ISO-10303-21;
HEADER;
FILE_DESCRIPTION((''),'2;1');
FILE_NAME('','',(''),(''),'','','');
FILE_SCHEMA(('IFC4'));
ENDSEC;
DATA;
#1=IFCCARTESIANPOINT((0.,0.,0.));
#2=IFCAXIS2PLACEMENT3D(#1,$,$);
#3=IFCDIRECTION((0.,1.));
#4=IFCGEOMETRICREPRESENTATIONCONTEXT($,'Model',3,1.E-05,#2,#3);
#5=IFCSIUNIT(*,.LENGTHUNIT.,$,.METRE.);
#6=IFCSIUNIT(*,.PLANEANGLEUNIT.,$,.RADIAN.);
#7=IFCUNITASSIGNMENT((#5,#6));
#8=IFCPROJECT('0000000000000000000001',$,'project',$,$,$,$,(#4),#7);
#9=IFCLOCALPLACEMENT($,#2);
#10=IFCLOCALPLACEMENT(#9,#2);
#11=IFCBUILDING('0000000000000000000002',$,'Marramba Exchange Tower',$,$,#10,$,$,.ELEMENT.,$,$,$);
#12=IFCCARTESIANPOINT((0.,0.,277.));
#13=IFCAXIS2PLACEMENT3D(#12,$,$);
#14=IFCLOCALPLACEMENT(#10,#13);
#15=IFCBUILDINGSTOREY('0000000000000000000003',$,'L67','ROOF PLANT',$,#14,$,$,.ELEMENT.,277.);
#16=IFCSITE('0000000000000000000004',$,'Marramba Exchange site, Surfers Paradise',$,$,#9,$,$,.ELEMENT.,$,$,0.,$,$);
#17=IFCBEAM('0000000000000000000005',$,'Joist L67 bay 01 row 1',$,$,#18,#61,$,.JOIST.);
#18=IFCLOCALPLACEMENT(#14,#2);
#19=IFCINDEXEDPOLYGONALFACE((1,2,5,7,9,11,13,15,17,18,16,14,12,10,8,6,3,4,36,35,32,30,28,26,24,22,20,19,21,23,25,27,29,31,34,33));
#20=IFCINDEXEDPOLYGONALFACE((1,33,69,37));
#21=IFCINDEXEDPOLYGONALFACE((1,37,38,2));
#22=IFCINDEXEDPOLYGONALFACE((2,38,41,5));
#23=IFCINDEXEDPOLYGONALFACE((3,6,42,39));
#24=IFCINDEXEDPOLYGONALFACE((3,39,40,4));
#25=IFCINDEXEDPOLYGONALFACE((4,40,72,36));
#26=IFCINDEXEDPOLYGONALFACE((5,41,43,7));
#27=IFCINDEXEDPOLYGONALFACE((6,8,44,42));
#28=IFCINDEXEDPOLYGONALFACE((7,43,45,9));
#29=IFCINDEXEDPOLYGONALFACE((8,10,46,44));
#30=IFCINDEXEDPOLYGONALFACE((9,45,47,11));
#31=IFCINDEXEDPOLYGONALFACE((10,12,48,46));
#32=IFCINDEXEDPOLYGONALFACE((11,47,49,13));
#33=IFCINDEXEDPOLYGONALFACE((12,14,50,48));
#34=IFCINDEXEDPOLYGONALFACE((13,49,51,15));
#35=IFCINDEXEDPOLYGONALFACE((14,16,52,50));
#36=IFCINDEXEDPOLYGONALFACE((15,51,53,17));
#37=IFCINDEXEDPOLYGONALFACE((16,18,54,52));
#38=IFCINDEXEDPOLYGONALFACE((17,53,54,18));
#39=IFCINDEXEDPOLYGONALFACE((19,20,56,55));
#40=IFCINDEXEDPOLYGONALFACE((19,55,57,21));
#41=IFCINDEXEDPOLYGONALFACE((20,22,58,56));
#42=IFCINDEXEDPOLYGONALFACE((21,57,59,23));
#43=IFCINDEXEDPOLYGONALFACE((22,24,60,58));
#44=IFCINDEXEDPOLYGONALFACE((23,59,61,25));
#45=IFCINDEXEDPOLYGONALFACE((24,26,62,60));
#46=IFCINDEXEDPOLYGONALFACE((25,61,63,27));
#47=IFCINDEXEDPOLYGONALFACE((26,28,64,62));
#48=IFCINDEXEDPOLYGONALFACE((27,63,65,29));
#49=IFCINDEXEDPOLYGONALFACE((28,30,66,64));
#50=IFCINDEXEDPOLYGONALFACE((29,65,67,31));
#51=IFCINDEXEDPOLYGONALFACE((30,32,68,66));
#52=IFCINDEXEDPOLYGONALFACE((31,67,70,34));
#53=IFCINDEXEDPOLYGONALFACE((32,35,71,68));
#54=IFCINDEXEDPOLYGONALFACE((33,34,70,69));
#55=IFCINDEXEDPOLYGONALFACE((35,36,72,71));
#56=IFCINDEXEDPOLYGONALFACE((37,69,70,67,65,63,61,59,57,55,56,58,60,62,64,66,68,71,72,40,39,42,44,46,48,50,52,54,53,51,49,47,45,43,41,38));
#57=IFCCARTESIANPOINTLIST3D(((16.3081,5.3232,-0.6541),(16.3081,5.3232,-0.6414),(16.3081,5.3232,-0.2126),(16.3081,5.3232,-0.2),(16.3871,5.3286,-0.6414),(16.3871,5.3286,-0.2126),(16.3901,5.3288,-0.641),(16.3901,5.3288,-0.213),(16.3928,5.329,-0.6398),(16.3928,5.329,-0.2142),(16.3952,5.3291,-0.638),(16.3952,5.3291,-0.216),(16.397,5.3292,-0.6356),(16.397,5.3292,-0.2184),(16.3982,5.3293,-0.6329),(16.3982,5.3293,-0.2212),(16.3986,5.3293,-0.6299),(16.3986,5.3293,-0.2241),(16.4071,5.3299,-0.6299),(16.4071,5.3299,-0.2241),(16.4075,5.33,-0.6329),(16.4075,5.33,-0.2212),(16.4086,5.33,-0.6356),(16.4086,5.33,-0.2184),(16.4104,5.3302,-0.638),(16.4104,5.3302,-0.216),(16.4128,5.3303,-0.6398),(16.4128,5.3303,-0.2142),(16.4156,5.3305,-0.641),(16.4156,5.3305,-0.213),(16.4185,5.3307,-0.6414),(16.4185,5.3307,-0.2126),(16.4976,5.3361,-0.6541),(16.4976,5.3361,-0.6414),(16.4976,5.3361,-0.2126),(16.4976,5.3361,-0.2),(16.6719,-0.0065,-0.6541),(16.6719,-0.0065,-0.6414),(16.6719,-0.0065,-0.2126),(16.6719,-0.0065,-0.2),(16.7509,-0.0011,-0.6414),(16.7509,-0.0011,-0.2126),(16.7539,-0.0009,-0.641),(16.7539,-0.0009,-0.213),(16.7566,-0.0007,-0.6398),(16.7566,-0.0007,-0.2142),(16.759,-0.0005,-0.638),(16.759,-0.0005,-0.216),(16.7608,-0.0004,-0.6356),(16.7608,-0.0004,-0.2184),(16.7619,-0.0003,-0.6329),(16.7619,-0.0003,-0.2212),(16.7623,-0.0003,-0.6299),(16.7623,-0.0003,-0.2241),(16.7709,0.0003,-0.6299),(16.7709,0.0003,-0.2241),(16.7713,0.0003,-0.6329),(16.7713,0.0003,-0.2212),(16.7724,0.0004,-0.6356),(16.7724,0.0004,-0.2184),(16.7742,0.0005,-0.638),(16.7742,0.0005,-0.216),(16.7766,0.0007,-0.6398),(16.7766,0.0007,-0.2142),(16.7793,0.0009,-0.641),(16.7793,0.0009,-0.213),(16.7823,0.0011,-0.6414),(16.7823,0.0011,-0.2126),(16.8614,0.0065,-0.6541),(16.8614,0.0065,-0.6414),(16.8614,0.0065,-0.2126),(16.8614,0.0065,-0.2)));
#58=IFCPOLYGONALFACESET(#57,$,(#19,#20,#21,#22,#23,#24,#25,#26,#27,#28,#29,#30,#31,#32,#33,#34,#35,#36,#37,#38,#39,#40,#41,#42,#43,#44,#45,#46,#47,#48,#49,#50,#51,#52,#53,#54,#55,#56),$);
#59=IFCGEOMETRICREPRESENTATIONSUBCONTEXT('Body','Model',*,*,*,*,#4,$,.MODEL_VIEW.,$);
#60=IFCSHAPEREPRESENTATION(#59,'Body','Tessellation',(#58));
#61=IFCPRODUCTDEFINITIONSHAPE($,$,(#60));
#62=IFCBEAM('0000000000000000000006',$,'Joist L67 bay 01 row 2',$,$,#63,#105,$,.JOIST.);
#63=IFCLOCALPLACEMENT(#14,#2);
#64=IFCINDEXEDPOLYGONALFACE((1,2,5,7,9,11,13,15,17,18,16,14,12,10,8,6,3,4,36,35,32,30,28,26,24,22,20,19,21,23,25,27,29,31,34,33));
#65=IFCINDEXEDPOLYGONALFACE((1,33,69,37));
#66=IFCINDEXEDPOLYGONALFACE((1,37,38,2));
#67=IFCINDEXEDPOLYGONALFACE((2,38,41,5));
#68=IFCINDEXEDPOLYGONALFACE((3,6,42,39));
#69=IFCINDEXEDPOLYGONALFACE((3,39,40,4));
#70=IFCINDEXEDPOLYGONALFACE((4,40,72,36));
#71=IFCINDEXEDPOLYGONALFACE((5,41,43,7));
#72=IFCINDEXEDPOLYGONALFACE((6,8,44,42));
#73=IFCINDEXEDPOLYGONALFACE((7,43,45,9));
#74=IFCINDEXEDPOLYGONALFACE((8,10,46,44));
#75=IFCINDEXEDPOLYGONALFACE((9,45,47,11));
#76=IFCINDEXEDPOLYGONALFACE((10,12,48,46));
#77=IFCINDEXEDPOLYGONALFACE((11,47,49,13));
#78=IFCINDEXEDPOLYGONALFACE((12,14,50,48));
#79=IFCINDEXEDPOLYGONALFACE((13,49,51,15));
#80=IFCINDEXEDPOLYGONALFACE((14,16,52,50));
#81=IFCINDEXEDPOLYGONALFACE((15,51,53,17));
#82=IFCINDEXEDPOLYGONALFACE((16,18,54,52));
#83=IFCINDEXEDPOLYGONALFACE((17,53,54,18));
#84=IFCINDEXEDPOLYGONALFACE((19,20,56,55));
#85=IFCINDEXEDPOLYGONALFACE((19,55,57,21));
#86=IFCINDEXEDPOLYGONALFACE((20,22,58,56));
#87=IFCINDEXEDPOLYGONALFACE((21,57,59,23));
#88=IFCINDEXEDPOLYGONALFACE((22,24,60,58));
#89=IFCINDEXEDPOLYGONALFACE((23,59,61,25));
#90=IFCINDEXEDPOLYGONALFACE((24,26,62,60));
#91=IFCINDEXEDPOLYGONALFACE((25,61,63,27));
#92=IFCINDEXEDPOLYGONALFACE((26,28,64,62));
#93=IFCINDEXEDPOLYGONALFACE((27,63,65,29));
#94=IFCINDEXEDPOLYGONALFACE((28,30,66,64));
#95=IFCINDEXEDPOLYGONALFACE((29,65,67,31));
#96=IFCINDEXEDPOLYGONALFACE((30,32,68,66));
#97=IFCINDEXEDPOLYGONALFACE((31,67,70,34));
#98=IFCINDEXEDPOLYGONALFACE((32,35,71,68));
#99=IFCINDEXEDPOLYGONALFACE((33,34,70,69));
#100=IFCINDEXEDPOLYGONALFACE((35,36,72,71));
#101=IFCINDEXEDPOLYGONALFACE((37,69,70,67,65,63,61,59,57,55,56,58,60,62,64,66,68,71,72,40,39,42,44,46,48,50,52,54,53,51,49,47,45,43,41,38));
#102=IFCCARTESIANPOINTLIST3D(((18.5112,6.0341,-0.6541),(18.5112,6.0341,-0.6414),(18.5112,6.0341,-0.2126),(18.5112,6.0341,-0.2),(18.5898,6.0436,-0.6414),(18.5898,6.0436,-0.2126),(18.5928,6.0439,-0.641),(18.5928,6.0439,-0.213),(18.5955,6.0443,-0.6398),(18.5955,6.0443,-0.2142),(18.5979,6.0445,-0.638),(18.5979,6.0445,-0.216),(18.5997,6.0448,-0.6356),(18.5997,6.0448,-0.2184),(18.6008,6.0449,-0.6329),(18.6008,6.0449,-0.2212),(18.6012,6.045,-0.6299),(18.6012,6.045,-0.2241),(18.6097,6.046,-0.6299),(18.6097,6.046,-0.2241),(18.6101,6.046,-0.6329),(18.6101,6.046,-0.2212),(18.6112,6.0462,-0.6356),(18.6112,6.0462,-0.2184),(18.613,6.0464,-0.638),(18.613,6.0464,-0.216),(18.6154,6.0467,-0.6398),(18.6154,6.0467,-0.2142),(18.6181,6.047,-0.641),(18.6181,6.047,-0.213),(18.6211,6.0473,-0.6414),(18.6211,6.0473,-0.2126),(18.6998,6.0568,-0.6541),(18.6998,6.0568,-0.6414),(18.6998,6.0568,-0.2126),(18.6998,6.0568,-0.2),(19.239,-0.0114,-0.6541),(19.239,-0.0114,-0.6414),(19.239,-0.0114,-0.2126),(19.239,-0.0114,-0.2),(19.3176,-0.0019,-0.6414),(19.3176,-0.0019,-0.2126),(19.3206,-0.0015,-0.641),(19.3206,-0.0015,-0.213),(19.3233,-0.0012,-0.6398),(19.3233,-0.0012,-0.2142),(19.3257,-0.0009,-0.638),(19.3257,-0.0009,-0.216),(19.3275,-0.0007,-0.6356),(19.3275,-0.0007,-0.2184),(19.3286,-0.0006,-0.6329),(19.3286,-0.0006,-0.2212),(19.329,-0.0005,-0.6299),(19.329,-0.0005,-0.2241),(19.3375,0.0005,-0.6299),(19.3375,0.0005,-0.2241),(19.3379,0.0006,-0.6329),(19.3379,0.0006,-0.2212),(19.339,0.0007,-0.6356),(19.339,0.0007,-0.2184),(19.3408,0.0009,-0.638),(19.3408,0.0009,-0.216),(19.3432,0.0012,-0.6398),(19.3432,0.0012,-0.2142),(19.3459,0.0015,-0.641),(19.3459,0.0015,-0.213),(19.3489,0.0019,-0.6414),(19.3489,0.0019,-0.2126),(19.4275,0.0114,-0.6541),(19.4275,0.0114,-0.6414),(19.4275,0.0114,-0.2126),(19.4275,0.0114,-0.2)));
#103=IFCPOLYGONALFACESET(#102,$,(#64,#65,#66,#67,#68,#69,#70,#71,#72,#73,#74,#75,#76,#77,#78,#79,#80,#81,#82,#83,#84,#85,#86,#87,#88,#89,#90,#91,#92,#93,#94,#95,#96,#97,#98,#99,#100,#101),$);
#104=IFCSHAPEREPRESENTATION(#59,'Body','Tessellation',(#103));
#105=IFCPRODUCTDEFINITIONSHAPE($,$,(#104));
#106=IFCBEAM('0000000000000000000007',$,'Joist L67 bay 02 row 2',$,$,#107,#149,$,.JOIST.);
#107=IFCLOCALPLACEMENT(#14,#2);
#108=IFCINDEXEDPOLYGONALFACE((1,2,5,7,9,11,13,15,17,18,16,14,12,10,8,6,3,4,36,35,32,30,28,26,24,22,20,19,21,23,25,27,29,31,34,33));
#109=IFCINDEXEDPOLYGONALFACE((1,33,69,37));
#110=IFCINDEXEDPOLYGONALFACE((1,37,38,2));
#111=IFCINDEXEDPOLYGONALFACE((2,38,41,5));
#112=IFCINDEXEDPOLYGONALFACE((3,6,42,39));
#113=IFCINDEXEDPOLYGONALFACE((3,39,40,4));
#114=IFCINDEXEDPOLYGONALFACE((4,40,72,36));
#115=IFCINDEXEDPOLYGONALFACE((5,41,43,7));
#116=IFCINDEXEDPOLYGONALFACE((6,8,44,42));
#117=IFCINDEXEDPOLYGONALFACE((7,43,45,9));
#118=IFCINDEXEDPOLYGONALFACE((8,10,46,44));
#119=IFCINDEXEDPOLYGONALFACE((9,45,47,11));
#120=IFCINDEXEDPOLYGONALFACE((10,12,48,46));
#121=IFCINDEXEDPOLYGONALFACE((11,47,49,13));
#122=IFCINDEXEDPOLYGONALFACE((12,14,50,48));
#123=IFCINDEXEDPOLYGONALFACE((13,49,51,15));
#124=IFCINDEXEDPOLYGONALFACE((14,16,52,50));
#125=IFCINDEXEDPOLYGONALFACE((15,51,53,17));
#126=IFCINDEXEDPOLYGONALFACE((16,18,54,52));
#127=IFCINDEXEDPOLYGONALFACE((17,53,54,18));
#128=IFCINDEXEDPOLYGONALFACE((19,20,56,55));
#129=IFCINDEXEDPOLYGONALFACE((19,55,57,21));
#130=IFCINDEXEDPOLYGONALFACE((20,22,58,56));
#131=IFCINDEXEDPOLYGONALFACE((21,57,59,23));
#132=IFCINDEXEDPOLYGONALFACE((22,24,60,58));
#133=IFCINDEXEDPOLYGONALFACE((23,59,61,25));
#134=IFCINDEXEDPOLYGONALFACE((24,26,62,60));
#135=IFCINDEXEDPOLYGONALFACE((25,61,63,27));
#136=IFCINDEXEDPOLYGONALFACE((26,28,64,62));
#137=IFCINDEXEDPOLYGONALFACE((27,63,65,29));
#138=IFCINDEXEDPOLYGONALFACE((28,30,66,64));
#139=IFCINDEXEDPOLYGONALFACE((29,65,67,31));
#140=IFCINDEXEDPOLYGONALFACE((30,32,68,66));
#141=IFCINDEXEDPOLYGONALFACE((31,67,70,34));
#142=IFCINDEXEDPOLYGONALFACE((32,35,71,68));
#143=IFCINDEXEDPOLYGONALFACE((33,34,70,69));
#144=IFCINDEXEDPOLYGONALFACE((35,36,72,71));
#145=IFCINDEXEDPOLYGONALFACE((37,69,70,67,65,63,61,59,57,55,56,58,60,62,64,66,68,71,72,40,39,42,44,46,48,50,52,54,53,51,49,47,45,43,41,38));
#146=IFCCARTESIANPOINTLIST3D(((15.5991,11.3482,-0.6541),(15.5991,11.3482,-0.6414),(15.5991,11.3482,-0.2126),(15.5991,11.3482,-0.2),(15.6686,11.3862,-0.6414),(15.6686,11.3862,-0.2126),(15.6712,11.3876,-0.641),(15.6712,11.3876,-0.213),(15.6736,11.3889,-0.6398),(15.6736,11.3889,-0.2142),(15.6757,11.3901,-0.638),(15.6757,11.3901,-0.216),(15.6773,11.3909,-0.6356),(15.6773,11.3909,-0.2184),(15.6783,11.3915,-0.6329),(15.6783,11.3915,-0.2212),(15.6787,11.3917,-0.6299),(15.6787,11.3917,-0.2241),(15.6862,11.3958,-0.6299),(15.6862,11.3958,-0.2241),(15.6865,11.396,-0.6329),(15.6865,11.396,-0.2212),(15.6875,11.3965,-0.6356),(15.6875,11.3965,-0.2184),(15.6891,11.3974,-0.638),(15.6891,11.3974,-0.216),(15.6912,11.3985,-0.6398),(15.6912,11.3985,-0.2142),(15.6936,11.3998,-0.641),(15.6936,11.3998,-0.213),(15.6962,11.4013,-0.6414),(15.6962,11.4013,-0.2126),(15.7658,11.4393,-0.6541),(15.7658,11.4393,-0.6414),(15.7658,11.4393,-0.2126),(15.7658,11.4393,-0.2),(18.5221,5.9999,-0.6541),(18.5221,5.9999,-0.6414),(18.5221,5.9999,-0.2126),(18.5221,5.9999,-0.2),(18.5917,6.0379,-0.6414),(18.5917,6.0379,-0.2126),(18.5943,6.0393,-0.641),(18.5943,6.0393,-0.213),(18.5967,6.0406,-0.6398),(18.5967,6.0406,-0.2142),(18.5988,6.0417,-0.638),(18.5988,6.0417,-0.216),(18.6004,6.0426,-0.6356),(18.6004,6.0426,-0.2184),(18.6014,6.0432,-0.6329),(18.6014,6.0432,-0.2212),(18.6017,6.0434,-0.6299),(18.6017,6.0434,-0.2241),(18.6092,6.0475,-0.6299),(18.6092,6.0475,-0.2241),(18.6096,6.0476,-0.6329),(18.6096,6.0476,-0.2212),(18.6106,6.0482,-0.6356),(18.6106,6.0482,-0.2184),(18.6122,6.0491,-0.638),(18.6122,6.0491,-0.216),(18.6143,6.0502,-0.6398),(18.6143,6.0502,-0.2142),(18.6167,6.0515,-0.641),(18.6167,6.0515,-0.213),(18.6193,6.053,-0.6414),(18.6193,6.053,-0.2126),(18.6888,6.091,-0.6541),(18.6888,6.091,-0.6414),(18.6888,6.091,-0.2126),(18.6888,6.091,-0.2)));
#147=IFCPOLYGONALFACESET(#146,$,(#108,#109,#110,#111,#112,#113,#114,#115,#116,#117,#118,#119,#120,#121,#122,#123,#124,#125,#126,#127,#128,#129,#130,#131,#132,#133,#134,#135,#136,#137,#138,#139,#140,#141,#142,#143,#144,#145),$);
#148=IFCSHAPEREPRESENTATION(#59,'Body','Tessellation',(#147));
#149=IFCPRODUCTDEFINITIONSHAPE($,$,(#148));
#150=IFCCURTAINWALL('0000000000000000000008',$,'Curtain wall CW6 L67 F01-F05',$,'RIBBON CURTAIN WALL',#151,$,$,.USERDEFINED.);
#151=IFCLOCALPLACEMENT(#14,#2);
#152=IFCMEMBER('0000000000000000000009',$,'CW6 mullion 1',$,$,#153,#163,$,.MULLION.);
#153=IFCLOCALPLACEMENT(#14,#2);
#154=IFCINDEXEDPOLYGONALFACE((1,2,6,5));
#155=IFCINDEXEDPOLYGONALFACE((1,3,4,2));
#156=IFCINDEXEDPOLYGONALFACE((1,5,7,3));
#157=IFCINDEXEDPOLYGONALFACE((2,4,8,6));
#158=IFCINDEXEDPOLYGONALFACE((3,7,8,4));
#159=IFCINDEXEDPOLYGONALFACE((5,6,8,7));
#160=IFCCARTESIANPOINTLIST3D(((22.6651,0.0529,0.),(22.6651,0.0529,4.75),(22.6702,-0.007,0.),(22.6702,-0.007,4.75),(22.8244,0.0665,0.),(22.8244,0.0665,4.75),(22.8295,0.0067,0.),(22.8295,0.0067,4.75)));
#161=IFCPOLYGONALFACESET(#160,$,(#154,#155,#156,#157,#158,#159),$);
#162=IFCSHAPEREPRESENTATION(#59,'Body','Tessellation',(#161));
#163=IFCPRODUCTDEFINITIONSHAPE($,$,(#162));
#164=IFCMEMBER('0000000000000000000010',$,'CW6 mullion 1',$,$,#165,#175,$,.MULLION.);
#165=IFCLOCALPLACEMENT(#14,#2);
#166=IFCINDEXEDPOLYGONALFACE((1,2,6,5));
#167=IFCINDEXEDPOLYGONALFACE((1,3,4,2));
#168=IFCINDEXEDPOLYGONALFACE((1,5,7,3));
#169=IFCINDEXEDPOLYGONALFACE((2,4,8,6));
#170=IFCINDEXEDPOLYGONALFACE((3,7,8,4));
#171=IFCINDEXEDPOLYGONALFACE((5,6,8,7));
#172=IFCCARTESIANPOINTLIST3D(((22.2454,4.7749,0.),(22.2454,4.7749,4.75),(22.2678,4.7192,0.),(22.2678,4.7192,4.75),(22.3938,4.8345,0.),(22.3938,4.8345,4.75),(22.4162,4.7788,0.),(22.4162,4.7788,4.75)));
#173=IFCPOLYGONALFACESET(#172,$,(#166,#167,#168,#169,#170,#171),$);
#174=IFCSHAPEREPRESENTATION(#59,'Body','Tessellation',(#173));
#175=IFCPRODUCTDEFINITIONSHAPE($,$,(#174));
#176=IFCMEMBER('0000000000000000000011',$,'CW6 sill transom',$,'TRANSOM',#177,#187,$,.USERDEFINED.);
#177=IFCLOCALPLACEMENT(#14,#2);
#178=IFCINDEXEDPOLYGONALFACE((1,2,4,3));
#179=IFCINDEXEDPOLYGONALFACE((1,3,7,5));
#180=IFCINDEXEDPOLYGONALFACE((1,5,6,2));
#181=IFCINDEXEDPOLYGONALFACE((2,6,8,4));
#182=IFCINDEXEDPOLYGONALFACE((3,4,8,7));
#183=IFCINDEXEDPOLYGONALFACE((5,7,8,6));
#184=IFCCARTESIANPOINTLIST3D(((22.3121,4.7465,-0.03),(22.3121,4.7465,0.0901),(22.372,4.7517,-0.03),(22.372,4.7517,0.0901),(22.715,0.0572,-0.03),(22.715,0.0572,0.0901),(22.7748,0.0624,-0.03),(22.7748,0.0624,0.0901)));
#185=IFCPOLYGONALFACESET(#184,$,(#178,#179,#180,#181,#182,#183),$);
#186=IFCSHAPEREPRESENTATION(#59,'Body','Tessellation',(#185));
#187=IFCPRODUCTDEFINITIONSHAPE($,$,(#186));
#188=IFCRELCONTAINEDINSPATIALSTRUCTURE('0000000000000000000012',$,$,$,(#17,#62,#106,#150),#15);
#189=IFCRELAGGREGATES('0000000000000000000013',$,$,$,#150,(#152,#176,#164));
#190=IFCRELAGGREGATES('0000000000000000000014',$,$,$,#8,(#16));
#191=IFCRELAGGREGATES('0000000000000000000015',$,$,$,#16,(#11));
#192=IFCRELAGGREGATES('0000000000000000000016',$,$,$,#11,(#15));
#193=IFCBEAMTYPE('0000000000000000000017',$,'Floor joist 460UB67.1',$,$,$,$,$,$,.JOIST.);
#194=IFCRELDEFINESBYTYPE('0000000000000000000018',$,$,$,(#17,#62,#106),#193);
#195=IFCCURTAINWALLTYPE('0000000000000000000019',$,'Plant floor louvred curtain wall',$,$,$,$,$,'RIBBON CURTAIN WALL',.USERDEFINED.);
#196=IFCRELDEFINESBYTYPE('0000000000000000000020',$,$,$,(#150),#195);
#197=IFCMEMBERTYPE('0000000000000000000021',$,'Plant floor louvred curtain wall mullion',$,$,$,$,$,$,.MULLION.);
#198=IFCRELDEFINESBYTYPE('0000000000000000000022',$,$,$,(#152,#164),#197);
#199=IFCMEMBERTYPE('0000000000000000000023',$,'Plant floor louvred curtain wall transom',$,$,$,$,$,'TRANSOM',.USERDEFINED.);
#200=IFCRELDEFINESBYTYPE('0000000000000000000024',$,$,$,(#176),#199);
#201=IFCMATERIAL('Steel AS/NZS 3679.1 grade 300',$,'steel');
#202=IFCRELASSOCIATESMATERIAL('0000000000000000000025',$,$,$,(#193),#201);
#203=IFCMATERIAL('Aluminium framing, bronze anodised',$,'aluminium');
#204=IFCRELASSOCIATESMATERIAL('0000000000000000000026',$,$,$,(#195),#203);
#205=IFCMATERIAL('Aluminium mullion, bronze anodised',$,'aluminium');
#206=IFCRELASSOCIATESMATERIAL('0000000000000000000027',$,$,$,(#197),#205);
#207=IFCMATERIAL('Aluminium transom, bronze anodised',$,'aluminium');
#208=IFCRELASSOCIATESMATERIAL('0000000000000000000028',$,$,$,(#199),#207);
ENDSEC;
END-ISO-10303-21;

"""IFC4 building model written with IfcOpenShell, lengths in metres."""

from ifc_helpers import new_model, si_unit, direction, frame, origin, origin_2d, place, context, subcontext, project, spatial, rectangle, i_section, extrude, material, material_profile, profile_set, type_object, element, aggregate, save


model = new_model("IFC4")

# Units and contexts
model_context = context("Model", 3, precision=1e-05, world=origin(), true_north=direction((0.0, 1.0)))
body_context = subcontext(model_context, "Body", "Model", "MODEL_VIEW")
ifc_project = project(units=[si_unit("LENGTHUNIT", "METRE"), si_unit("PLANEANGLEUNIT", "RADIAN")], contexts=[model_context])

# Site, building, storey
site_placement = place(None, origin())
site = spatial("IfcSite", under=ifc_project, at=site_placement, Name="Marramba Exchange site, Surfers Paradise", CompositionType="ELEMENT", RefElevation=0.0)
building_placement = place(site_placement, origin())
building = spatial("IfcBuilding", under=site, at=building_placement, Name="Marramba Exchange Tower", CompositionType="ELEMENT")
storey_placement = place(building_placement, frame((0.0, 0.0, 277.0)))
storey = spatial("IfcBuildingStorey", under=building, at=storey_placement, Name="L67", Description="ROOF PLANT", CompositionType="ELEMENT", Elevation=277.0)

# Beams
ifc_material_1 = material(Name="Steel AS/NZS 3679.1 grade 300", Category="steel")
ifc_material_profile_1 = material_profile(ifc_material_1, i_section(OverallWidth=0.1899, OverallDepth=0.4541, WebThickness=0.0085, FlangeThickness=0.0127, FilletRadius=0.0115, at=origin_2d()), Name="460UB67.1")
ifc_profile_set_1 = profile_set([ifc_material_profile_1], Name="Steel AS/NZS 3679.1 grade 300")
beam_type_1 = type_object("IfcBeamType", Name="Floor joist 460UB67.1", PredefinedType="JOIST", material=ifc_profile_set_1)
beam_1_placement = place(storey_placement, frame((16.7666, 0.0, -0.427), z_axis=(-0.068096, 0.997679, 0.0), x_axis=(-0.997679, -0.068096, 0.0)))
element("IfcBeam", 1, at=beam_1_placement, inside=storey, type_object=beam_type_1, Name="Joist L67 bay 01 row 1", PredefinedType="JOIST", context=body_context, shape_type="SweptSolid", body=[
    extrude(i_section(OverallWidth=0.1899, OverallDepth=0.4541, WebThickness=0.0085, FlangeThickness=0.0127, FilletRadius=0.0115, at=origin_2d()), origin(), (0.0, 0.0, 1.0), 5.342),
])
beam_2_placement = place(storey_placement, frame((19.3333, 0.0, -0.427), z_axis=(-0.119523, 0.992831, 0.0), x_axis=(-0.992831, -0.119523, 0.0)))
element("IfcBeam", 2, at=beam_2_placement, inside=storey, type_object=beam_type_1, Name="Joist L67 bay 01 row 2", PredefinedType="JOIST", context=body_context, shape_type="SweptSolid", body=[
    extrude(i_section(OverallWidth=0.1899, OverallDepth=0.4541, WebThickness=0.0085, FlangeThickness=0.0127, FilletRadius=0.0115, at=origin_2d()), origin(), (0.0, 0.0, 1.0), 6.0891),
])
beam_3_placement = place(storey_placement, frame((18.6055, 6.0454, -0.427), z_axis=(-0.479584, 0.877496, 0.0), x_axis=(-0.877496, -0.479584, 0.0)))
element("IfcBeam", 3, at=beam_3_placement, inside=storey, type_object=beam_type_1, Name="Joist L67 bay 02 row 2", PredefinedType="JOIST", context=body_context, shape_type="SweptSolid", body=[
    extrude(i_section(OverallWidth=0.1899, OverallDepth=0.4541, WebThickness=0.0085, FlangeThickness=0.0127, FilletRadius=0.0115, at=origin_2d()), origin(), (0.0, 0.0, 1.0), 6.095),
])

# Curtain wall, members
ifc_material_2 = material(Name="Aluminium framing, bronze anodised", Category="aluminium")
curtain_wall_type = type_object("IfcCurtainWallType", Name="Plant floor louvred curtain wall", ElementType="RIBBON CURTAIN WALL", PredefinedType="USERDEFINED", material=ifc_material_2)
curtain_wall_placement = place(storey_placement, origin())
curtain_wall = element("IfcCurtainWall", 4, at=curtain_wall_placement, inside=storey, type_object=curtain_wall_type, Name="Curtain wall CW6 L67 F01-F05", ObjectType="RIBBON CURTAIN WALL", PredefinedType="USERDEFINED")
ifc_material_3 = material(Name="Aluminium mullion, bronze anodised", Category="aluminium")
ifc_material_profile_2 = material_profile(ifc_material_3, rectangle(XDim=0.1599, YDim=0.0601, at=origin_2d()), Name="CW6 mullion 60x160")
ifc_profile_set_2 = profile_set([ifc_material_profile_2], Name="Aluminium mullion, bronze anodised")
member_type_1 = type_object("IfcMemberType", Name="Plant floor louvred curtain wall mullion", PredefinedType="MULLION", material=ifc_profile_set_2)
member_1_placement = place(storey_placement, frame((22.7473, 0.0298, 0.0), z_axis=(0.0, 0.0, 1.0), x_axis=(-0.996332, -0.085574, 0.0)))
member_1 = element("IfcMember", 5, at=member_1_placement, type_object=member_type_1, Name="CW6 mullion 1", PredefinedType="MULLION", context=body_context, shape_type="SweptSolid", body=[
    extrude(rectangle(XDim=0.1599, YDim=0.0601, at=origin_2d()), origin(), (0.0, 0.0, 1.0), 4.75),
])
member_2_placement = place(storey_placement, frame((22.3308, 4.7769, 0.0), z_axis=(0.0, 0.0, 1.0), x_axis=(-0.927838, -0.372983, 0.0)))
member_2 = element("IfcMember", 6, at=member_2_placement, type_object=member_type_1, Name="CW6 mullion 1", PredefinedType="MULLION", context=body_context, shape_type="SweptSolid", body=[
    extrude(rectangle(XDim=0.1599, YDim=0.0601, at=origin_2d()), origin(), (0.0, 0.0, 1.0), 4.75),
])
ifc_material_4 = material(Name="Aluminium transom, bronze anodised", Category="aluminium")
ifc_material_profile_3 = material_profile(ifc_material_4, rectangle(XDim=0.0601, YDim=0.1201, at=origin_2d()), Name="CW6 transom 60x120")
ifc_profile_set_3 = profile_set([ifc_material_profile_3], Name="Aluminium transom, bronze anodised")
member_type_2 = type_object("IfcMemberType", Name="Plant floor louvred curtain wall transom", ElementType="TRANSOM", PredefinedType="USERDEFINED", material=ifc_profile_set_3)
member_3_placement = place(storey_placement, frame((22.7449, 0.0598, 0.03), z_axis=(-0.085591, 0.99633, 0.0), x_axis=(-0.99633, -0.085591, 0.0)))
member_3 = element("IfcMember", 7, at=member_3_placement, type_object=member_type_2, Name="CW6 sill transom", ObjectType="TRANSOM", PredefinedType="USERDEFINED", context=body_context, shape_type="SweptSolid", body=[
    extrude(rectangle(XDim=0.0601, YDim=0.1201, at=origin_2d()), origin(), (0.0, 0.0, 1.0), 4.7065),
])

aggregate(curtain_wall, [member_1, member_3, member_2])

save(model, "model.ifc")
